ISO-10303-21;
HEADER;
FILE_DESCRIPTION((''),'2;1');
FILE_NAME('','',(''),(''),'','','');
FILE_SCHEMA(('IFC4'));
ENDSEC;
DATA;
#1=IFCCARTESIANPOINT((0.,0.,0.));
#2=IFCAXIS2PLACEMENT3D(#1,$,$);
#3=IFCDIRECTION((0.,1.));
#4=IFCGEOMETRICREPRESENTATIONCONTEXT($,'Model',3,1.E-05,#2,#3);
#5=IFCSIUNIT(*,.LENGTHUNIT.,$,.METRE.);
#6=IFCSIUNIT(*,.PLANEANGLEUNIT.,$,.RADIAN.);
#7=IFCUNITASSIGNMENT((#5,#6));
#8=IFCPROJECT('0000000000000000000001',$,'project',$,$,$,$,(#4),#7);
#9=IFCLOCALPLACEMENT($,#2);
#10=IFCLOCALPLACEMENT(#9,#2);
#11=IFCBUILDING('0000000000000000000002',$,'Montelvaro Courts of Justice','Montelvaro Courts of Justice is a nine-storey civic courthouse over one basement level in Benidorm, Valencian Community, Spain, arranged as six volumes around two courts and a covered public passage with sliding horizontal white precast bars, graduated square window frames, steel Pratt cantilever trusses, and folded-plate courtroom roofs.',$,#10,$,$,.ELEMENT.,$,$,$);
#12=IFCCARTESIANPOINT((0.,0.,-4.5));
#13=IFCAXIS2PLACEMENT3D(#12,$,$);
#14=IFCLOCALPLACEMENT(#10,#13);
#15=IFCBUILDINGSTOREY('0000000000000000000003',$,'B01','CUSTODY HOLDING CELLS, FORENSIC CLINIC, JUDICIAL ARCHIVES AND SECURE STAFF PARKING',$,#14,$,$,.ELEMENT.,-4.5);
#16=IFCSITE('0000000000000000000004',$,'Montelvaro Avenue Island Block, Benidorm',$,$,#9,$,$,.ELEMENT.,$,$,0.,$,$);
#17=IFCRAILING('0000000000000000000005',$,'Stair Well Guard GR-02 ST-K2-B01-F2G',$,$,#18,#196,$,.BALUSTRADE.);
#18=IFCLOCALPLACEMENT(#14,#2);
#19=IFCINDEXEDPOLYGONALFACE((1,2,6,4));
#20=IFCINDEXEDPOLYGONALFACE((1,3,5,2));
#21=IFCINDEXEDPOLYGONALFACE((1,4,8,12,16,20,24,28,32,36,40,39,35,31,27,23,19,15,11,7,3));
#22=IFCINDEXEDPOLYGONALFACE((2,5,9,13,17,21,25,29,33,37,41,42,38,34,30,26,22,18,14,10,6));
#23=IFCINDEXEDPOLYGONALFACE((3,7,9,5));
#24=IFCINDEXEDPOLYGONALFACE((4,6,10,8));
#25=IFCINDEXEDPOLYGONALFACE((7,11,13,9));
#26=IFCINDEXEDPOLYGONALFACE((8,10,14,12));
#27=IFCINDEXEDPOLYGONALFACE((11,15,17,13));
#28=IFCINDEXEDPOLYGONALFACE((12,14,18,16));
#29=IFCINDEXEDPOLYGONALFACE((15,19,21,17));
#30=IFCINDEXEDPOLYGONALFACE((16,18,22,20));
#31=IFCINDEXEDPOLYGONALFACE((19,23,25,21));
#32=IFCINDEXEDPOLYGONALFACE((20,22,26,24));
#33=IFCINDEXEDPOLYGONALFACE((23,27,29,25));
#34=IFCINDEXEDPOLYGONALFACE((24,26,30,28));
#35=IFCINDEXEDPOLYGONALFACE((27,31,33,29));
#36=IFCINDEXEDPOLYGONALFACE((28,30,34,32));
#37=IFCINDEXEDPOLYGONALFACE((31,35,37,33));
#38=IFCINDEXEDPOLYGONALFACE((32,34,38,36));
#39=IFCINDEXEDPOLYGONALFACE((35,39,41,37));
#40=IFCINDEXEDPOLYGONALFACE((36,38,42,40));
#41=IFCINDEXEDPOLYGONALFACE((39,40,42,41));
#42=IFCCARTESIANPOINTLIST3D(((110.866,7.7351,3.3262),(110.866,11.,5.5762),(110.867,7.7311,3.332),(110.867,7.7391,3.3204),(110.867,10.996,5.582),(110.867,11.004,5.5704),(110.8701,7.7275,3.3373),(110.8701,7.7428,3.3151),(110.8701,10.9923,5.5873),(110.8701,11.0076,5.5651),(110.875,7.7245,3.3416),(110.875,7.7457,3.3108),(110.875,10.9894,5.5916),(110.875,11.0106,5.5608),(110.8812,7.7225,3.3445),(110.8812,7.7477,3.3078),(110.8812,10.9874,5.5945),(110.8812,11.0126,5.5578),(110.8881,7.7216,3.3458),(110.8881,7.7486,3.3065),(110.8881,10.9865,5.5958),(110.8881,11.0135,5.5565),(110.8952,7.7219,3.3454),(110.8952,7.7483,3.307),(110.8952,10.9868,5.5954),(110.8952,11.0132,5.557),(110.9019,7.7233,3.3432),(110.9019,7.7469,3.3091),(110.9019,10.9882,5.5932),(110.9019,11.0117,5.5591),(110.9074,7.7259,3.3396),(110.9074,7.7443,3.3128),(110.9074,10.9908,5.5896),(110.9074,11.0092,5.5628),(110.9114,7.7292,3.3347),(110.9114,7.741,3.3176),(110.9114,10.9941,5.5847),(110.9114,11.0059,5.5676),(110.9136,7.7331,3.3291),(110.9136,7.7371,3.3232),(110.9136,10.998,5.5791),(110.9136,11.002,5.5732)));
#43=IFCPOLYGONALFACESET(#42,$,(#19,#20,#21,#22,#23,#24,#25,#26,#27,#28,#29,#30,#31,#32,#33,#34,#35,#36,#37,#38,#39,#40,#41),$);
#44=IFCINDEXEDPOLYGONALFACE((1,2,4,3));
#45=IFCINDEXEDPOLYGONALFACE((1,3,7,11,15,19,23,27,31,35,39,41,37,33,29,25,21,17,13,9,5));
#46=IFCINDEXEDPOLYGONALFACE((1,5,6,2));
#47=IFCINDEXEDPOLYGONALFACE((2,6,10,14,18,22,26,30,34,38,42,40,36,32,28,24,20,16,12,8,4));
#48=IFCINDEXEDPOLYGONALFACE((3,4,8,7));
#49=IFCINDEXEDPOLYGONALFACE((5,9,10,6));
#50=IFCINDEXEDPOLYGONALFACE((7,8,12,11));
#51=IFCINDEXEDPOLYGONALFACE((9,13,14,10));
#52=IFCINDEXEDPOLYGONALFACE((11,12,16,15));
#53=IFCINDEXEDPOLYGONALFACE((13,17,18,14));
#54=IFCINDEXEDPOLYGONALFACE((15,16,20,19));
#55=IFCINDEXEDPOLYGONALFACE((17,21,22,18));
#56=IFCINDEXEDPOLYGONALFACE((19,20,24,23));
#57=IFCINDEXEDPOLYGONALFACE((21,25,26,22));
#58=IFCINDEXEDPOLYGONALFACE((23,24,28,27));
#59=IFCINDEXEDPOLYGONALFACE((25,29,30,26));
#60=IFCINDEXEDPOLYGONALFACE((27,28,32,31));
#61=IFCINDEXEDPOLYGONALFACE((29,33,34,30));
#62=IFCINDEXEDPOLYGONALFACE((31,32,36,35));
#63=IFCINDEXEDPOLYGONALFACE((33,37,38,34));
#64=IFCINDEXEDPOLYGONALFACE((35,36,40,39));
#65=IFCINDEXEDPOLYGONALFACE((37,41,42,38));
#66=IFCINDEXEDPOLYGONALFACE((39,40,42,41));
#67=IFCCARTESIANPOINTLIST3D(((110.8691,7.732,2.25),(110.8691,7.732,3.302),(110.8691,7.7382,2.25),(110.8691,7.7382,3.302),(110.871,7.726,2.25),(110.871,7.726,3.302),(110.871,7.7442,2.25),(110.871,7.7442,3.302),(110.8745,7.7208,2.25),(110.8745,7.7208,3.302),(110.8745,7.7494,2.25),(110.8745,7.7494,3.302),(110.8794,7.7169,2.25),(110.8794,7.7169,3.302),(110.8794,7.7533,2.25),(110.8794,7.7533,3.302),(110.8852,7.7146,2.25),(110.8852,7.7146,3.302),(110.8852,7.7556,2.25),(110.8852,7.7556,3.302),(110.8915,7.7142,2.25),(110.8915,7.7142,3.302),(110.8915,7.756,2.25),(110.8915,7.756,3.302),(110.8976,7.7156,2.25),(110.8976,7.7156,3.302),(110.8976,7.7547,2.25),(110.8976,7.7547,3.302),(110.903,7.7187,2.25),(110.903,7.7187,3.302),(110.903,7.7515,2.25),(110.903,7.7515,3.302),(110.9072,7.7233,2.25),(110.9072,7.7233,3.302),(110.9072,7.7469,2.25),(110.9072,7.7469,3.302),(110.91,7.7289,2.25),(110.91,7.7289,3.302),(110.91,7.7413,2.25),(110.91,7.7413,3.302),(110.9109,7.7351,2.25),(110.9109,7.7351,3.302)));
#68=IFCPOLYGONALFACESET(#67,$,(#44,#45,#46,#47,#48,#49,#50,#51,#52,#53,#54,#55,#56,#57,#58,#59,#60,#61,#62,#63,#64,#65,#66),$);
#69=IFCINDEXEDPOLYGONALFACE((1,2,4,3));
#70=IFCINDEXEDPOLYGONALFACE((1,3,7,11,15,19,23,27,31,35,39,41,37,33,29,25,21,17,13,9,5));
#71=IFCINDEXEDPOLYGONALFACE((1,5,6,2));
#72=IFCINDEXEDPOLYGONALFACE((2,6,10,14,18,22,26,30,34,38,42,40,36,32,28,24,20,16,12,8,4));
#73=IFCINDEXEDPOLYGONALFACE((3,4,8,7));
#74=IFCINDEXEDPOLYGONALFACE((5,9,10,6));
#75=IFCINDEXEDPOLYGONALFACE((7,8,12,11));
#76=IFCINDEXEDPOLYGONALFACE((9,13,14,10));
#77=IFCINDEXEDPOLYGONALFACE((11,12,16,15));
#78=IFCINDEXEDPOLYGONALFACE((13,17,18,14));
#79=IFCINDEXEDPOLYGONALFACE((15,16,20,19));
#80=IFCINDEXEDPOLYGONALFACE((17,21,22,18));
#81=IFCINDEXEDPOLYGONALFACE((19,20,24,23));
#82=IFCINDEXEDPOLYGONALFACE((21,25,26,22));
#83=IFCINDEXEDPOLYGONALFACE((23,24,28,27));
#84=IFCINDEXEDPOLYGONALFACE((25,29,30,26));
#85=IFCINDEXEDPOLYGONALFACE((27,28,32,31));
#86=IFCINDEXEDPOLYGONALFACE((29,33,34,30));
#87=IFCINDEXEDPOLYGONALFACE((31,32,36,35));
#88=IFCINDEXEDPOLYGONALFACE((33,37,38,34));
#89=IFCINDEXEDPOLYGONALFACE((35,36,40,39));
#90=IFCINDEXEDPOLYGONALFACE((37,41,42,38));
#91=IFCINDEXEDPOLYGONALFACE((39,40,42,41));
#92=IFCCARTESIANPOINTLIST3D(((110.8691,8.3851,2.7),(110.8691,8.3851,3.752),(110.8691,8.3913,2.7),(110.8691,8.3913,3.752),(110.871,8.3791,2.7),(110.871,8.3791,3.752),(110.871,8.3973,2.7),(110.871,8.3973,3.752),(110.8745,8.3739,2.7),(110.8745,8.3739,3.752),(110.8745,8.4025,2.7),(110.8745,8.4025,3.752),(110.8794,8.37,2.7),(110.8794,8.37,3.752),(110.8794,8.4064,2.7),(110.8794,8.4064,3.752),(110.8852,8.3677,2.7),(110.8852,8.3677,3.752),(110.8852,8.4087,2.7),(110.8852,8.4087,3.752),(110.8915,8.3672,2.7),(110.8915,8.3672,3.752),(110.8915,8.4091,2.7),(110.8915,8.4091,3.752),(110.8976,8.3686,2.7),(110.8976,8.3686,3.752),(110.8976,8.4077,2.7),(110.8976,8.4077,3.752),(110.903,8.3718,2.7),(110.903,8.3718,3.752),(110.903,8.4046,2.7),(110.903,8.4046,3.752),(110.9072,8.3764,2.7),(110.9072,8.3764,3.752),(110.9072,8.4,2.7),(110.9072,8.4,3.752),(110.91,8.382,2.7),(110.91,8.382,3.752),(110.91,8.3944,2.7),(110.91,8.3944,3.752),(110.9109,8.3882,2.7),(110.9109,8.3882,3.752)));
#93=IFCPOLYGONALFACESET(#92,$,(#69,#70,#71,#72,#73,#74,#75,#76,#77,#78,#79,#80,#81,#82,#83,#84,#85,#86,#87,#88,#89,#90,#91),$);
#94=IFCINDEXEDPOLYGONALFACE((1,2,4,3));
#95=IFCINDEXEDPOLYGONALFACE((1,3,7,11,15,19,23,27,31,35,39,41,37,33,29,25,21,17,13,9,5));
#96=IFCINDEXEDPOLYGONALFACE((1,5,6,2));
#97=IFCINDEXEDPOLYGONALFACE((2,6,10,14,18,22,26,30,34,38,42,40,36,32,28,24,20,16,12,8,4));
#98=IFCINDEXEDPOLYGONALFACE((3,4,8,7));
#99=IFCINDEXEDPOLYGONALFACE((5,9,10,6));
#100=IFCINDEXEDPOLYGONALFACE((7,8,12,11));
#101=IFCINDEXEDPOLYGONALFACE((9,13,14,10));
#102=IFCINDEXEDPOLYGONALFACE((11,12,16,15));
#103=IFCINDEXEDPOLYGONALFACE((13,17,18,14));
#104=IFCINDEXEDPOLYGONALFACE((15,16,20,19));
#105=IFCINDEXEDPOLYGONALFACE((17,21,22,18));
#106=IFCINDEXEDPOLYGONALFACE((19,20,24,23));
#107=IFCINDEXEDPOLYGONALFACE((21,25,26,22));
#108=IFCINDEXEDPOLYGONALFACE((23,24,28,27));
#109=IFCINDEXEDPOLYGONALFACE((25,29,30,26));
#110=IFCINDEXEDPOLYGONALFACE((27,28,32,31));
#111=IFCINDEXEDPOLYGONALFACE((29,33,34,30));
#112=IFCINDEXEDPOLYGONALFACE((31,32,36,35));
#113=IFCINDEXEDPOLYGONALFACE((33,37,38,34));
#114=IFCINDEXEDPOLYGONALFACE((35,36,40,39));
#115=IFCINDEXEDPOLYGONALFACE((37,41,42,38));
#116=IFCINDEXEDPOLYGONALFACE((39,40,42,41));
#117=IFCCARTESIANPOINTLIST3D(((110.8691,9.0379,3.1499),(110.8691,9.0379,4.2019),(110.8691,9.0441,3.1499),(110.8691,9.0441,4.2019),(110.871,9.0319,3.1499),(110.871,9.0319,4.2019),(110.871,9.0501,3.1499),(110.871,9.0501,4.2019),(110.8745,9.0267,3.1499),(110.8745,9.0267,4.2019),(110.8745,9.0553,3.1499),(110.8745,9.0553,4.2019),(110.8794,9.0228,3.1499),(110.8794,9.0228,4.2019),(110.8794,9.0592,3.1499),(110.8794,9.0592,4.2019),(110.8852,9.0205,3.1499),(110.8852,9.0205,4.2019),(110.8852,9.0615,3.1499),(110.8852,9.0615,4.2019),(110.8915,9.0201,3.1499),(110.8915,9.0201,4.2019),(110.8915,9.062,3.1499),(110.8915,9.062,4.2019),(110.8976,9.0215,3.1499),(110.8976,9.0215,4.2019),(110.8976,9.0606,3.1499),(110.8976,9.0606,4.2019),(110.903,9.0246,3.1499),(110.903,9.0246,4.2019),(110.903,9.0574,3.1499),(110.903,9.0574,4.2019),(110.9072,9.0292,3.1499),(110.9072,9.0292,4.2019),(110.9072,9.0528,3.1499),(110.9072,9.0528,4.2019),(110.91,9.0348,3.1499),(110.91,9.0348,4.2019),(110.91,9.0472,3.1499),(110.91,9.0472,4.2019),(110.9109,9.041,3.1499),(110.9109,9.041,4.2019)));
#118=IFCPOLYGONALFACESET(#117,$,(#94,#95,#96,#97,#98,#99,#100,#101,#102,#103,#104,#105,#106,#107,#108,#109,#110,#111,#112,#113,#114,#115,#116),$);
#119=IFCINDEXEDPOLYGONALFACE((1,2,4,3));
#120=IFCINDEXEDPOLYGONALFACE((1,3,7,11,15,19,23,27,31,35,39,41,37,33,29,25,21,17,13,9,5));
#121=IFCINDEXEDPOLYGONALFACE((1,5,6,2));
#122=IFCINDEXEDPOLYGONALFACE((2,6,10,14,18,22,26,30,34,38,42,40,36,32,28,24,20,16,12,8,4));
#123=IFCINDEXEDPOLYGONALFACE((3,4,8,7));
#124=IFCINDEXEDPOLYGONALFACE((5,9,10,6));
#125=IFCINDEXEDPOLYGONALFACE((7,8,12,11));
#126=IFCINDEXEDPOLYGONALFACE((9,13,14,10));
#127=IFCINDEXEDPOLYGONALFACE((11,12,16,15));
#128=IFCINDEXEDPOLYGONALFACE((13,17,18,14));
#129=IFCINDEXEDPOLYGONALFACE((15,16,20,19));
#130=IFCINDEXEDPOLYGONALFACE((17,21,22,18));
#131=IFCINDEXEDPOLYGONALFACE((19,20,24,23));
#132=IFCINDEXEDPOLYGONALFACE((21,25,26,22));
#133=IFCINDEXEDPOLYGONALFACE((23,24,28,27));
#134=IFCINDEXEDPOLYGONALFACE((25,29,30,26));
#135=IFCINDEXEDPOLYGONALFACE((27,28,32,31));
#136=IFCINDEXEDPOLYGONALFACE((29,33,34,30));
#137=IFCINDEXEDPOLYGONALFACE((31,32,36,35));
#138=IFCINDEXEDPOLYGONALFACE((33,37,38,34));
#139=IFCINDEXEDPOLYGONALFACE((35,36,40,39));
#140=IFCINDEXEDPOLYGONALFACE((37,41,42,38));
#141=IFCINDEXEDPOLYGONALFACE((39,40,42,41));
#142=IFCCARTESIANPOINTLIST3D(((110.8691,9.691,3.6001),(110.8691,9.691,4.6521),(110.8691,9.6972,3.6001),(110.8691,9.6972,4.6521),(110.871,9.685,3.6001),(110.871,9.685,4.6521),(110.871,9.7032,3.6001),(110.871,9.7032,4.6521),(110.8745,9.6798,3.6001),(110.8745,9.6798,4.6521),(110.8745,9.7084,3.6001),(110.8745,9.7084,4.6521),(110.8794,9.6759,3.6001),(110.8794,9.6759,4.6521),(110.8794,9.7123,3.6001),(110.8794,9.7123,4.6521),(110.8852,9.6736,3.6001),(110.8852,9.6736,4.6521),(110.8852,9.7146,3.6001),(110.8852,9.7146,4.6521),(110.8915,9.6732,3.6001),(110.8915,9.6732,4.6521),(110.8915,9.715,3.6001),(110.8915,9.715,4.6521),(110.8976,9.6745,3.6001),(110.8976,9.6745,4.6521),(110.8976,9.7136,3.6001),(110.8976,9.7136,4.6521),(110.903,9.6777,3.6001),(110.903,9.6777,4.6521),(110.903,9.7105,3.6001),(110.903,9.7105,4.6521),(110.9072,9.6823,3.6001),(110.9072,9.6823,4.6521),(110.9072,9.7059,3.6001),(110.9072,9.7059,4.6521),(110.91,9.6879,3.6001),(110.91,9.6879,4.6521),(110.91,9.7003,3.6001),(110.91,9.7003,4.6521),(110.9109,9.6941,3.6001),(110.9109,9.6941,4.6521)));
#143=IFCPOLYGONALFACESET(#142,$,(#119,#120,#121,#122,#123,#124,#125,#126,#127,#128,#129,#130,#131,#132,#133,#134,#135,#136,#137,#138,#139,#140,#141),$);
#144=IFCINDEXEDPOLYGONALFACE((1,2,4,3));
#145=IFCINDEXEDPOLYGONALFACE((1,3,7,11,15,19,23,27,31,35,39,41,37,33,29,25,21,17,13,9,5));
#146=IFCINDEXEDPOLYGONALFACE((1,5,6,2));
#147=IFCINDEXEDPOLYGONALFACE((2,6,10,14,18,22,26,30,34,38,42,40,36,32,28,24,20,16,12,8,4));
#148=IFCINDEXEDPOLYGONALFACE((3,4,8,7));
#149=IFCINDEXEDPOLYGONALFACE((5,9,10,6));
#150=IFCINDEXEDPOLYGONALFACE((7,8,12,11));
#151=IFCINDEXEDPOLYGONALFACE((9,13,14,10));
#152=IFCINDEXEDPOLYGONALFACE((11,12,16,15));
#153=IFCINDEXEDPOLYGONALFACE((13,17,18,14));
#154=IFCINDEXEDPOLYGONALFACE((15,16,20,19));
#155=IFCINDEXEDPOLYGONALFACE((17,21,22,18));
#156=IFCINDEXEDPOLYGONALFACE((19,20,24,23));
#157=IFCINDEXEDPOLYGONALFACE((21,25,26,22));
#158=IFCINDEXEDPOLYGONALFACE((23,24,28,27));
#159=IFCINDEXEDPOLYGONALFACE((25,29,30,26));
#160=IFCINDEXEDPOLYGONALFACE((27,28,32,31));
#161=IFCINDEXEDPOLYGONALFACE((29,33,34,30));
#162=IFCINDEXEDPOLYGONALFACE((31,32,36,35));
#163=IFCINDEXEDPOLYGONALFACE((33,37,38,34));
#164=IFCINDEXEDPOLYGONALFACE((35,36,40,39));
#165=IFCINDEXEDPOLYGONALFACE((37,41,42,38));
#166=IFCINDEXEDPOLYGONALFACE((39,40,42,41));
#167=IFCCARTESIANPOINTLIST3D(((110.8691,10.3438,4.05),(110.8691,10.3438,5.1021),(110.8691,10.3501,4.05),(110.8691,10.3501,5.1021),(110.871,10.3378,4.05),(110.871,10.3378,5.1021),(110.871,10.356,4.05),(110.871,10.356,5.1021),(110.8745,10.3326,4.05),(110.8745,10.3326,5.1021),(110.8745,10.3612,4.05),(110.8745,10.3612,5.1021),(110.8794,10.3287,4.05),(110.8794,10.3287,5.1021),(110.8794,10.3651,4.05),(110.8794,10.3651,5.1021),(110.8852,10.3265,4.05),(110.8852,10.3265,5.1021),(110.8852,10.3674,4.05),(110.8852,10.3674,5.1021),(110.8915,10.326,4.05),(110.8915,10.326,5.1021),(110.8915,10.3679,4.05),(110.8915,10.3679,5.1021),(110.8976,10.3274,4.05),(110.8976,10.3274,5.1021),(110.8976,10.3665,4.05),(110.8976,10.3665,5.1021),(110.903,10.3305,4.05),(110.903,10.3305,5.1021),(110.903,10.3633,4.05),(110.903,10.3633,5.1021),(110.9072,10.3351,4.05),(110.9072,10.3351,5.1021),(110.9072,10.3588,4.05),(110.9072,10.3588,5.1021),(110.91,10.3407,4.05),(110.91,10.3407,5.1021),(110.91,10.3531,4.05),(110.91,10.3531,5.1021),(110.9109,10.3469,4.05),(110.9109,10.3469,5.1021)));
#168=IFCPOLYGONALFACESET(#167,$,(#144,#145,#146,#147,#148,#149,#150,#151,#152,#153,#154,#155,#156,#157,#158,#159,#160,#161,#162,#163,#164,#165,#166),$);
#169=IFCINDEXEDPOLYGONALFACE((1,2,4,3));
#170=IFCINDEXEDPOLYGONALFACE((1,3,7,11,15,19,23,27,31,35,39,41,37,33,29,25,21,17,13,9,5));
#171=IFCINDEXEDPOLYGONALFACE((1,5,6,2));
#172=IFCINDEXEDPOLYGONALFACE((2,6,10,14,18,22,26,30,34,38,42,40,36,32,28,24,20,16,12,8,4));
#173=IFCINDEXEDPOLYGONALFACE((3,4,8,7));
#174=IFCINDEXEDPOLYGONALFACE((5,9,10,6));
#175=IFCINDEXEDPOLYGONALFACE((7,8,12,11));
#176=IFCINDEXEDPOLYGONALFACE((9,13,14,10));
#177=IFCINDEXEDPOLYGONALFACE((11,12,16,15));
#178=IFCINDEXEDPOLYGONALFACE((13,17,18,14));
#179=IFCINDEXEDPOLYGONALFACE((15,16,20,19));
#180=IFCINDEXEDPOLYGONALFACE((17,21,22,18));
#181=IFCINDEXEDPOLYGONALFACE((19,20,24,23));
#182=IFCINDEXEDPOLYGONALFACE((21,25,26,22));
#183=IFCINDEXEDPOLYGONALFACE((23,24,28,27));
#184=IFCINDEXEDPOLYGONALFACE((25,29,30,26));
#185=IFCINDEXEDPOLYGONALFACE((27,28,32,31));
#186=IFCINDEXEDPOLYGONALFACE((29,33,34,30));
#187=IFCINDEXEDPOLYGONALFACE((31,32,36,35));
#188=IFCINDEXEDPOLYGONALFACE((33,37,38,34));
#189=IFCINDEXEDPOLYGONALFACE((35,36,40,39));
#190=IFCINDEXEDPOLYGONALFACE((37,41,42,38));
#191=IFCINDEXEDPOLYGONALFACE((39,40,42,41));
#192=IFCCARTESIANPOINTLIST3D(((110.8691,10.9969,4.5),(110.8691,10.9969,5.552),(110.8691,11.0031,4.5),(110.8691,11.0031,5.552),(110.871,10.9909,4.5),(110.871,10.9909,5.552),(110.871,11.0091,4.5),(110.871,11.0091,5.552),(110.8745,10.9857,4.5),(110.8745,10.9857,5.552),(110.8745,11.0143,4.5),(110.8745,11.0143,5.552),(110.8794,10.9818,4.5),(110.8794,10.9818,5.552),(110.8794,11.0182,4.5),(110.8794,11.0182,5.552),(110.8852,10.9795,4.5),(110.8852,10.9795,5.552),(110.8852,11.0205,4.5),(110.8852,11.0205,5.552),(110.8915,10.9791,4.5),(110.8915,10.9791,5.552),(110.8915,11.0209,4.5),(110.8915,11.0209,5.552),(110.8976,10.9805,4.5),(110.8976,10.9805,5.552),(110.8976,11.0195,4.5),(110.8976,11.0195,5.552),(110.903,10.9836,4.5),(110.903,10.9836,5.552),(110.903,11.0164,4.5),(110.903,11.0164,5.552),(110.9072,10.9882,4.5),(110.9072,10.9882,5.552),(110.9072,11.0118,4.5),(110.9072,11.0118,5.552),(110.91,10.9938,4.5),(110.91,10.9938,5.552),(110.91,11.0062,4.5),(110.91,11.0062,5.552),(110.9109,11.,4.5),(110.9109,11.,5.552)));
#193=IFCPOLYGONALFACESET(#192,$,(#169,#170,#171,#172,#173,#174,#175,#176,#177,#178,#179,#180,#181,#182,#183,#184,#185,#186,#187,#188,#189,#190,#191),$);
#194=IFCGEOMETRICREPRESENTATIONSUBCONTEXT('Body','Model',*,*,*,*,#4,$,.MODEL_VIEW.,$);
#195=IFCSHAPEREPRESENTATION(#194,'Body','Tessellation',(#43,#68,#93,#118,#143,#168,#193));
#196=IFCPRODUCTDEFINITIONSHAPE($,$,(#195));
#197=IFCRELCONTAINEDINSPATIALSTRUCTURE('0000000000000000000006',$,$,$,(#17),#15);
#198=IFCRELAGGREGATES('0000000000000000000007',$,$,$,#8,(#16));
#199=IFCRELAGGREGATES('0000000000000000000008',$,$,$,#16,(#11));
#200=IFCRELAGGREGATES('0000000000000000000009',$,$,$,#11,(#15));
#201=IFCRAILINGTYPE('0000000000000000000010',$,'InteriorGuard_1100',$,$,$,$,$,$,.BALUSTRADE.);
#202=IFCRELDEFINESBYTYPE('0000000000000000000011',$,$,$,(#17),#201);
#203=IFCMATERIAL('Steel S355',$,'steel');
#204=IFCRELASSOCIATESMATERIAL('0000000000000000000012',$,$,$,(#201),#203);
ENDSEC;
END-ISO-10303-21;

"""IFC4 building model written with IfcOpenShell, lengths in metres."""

from ifc_helpers import new_model, si_unit, direction, frame, origin, origin_2d, place, context, subcontext, project, spatial, circle, extrude, material, type_object, element, save


model = new_model("IFC4")

# Units and contexts
model_context = context("Model", 3, precision=1e-05, world=origin(), true_north=direction((0.0, 1.0)))
body_context = subcontext(model_context, "Body", "Model", "MODEL_VIEW")
ifc_project = project(units=[si_unit("LENGTHUNIT", "METRE"), si_unit("PLANEANGLEUNIT", "RADIAN")], contexts=[model_context])

# Site, building, storey
site_placement = place(None, origin())
site = spatial("IfcSite", under=ifc_project, at=site_placement, Name="Montelvaro Avenue Island Block, Benidorm", CompositionType="ELEMENT", RefElevation=0.0)
building_placement = place(site_placement, origin())
building = spatial("IfcBuilding", under=site, at=building_placement, Name="Montelvaro Courts of Justice", Description="Montelvaro Courts of Justice is a nine-storey civic courthouse over one basement level in Benidorm, Valencian Community, Spain, arranged as six volumes around two courts and a covered public passage with sliding horizontal white precast bars, graduated square window frames, steel Pratt cantilever trusses, and folded-plate courtroom roofs.", CompositionType="ELEMENT")
storey_placement = place(building_placement, frame((0.0, 0.0, -4.5)))
storey = spatial("IfcBuildingStorey", under=building, at=storey_placement, Name="B01", Description="CUSTODY HOLDING CELLS, FORENSIC CLINIC, JUDICIAL ARCHIVES AND SECURE STAFF PARKING", CompositionType="ELEMENT", Elevation=-4.5)

# Shared definitions
ifc_material_1 = material(Name="Steel S355", Category="steel")

# Railing
railing_type = type_object("IfcRailingType", Name="InteriorGuard_1100", PredefinedType="BALUSTRADE", material=ifc_material_1)
railing_placement = place(storey_placement, frame((110.8899, 7.7351, 2.25)))
element("IfcRailing", 1, at=railing_placement, inside=storey, type_object=railing_type, Name="Stair Well Guard GR-02 ST-K2-B01-F2G", PredefinedType="BALUSTRADE", context=body_context, shape_type="SweptSolid", body=[
    extrude(circle(Radius=0.0239, at=origin_2d()), frame((0.0, 0.0, 1.0762), z_axis=(0.0, 0.823407, 0.567451), x_axis=(-1.0, 0.0, 0.0)), (0.0, 0.0, 1.0), 3.9651),
    extrude(circle(Radius=0.021, at=origin_2d()), origin(), (0.0, 0.0, 1.0), 1.052),
    extrude(circle(Radius=0.021, at=origin_2d()), frame((0.0, 0.6531, 0.45)), (0.0, 0.0, 1.0), 1.052),
    extrude(circle(Radius=0.021, at=origin_2d()), frame((0.0, 1.3059, 0.8999)), (0.0, 0.0, 1.0), 1.052),
    extrude(circle(Radius=0.021, at=origin_2d()), frame((0.0, 1.959, 1.3501)), (0.0, 0.0, 1.0), 1.052),
    extrude(circle(Radius=0.021, at=origin_2d()), frame((0.0, 2.6118, 1.8)), (0.0, 0.0, 1.0), 1.052),
    extrude(circle(Radius=0.021, at=origin_2d()), frame((0.0, 3.2649, 2.25)), (0.0, 0.0, 1.0), 1.052),
])

save(model, "model.ifc")
